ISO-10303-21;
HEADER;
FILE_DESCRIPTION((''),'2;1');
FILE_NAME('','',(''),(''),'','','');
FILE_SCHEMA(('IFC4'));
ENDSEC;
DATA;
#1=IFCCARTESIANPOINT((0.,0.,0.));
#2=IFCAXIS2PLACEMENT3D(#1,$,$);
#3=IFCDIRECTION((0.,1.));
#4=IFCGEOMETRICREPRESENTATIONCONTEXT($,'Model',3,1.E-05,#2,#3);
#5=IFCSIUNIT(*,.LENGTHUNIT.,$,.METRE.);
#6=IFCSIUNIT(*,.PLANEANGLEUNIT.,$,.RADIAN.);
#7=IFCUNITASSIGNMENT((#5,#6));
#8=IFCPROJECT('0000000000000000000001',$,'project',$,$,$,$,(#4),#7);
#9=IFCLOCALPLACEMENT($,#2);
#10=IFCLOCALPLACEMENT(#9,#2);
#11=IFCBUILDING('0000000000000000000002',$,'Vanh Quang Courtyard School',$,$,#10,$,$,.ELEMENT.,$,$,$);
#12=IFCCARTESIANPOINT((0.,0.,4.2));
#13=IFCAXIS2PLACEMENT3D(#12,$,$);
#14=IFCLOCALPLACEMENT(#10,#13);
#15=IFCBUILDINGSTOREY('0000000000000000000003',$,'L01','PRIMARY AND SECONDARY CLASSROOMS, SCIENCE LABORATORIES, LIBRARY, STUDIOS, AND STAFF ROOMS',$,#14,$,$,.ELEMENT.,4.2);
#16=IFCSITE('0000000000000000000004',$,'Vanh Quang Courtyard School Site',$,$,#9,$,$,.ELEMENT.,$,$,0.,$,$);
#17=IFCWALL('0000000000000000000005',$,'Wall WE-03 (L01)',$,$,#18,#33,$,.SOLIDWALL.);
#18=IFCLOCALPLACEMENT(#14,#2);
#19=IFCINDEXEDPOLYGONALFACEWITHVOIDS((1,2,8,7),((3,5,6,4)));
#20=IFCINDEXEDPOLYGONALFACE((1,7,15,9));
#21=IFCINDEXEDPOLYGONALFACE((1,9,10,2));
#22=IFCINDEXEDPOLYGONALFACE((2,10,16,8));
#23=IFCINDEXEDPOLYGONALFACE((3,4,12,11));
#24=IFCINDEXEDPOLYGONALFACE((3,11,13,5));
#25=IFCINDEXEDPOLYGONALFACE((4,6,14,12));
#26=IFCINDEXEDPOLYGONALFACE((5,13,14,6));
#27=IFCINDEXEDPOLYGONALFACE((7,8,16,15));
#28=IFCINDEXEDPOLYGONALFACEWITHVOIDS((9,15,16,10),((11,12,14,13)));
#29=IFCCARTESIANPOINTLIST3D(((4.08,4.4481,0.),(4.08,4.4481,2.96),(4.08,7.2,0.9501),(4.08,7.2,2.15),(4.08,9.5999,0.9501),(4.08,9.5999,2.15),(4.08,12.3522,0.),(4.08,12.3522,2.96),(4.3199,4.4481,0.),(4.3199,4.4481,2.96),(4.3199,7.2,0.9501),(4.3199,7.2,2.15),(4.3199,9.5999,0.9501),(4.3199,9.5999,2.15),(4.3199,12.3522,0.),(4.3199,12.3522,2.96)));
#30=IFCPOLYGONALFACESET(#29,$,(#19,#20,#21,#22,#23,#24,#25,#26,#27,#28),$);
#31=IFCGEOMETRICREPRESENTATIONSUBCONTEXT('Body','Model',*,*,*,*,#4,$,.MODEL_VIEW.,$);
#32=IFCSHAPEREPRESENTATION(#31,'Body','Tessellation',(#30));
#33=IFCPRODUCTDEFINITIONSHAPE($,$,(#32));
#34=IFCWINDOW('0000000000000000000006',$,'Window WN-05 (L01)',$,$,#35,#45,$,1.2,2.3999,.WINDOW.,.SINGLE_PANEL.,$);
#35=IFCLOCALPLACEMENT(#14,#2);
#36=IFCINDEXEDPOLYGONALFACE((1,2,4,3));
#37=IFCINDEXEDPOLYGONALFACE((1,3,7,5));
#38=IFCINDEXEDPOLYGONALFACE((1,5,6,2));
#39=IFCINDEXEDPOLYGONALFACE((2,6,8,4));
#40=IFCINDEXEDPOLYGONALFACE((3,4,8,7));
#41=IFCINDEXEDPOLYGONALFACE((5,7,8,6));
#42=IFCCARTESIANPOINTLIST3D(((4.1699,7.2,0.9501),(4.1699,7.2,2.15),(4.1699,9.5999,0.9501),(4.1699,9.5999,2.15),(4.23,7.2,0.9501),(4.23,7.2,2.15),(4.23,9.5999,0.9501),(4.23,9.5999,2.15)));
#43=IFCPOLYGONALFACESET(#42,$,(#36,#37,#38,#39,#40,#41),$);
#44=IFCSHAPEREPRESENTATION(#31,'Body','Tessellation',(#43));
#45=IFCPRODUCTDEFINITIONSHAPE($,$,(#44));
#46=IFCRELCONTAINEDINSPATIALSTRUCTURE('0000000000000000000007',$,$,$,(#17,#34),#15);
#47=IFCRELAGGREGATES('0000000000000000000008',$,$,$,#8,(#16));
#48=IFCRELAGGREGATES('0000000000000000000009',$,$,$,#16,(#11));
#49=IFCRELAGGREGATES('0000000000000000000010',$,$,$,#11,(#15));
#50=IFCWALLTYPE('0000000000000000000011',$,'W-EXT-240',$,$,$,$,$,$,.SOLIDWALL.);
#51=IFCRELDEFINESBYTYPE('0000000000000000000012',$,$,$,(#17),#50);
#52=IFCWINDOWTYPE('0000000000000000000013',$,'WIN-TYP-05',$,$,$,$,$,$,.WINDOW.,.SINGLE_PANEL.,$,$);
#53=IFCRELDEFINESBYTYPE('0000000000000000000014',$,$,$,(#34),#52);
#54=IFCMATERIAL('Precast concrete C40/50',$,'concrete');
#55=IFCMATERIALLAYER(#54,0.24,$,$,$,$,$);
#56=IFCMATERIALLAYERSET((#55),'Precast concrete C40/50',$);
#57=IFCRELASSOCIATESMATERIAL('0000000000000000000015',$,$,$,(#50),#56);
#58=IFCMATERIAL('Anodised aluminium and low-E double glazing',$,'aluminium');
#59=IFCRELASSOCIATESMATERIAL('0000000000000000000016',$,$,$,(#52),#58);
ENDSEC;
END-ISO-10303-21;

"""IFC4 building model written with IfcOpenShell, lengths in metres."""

from ifc_helpers import new_model, si_unit, direction, frame, frame_2d, origin, place, context, subcontext, project, spatial, rectangle, extrude, material, layer, layer_set, type_object, element, fill, save


model = new_model("IFC4")

# Units and contexts
model_context = context("Model", 3, precision=1e-05, world=origin(), true_north=direction((0.0, 1.0)))
body_context = subcontext(model_context, "Body", "Model", "MODEL_VIEW")
ifc_project = project(units=[si_unit("LENGTHUNIT", "METRE"), si_unit("PLANEANGLEUNIT", "RADIAN")], contexts=[model_context])

# Site, building, storey
site_placement = place(None, origin())
site = spatial("IfcSite", under=ifc_project, at=site_placement, Name="Vanh Quang Courtyard School Site", CompositionType="ELEMENT", RefElevation=0.0)
building_placement = place(site_placement, origin())
building = spatial("IfcBuilding", under=site, at=building_placement, Name="Vanh Quang Courtyard School", CompositionType="ELEMENT")
storey_placement = place(building_placement, frame((0.0, 0.0, 4.2)))
storey = spatial("IfcBuildingStorey", under=building, at=storey_placement, Name="L01", Description="PRIMARY AND SECONDARY CLASSROOMS, SCIENCE LABORATORIES, LIBRARY, STUDIOS, AND STAFF ROOMS", CompositionType="ELEMENT", Elevation=4.2)

# Wall, opening, window
ifc_material_1 = material(Name="Precast concrete C40/50", Category="concrete")
ifc_layer_1 = layer(ifc_material_1, 0.24)
ifc_layer_set_1 = layer_set([ifc_layer_1], Name="Precast concrete C40/50")
wall_type = type_object("IfcWallType", Name="W-EXT-240", PredefinedType="SOLIDWALL", material=ifc_layer_set_1)
wall_placement = place(storey_placement, frame((4.2, 4.448, 0.0), z_axis=(0.0, 0.0, 1.0), x_axis=(0.0, 1.0, 0.0)))
wall = element("IfcWall", 1, at=wall_placement, inside=storey, type_object=wall_type, Name="Wall WE-03 (L01)", PredefinedType="SOLIDWALL", context=body_context, shape_type="SweptSolid", body=[
    extrude(rectangle(XDim=7.9041, YDim=0.24, at=frame_2d((3.9521, 0.0))), origin(), (0.0, 0.0, 1.0), 2.96),
])
opening_placement = place(wall_placement, frame((2.752, 0.0, 0.95)))
opening = element("IfcOpeningElement", 2, at=opening_placement, cuts=wall, PredefinedType="OPENING", context=body_context, shape_type="SweptSolid", body=[
    extrude(rectangle(XDim=2.3999, YDim=1.2, at=frame_2d((1.2, 0.6001))), frame((0.0, 0.1299, 0.0), z_axis=(0.0, -1.0, 0.0), x_axis=(1.0, 0.0, 0.0)), (0.0, 0.0, 1.0), 0.26),
])
ifc_material_2 = material(Name="Anodised aluminium and low-E double glazing", Category="aluminium")
window_type = type_object("IfcWindowType", Name="WIN-TYP-05", PartitioningType="SINGLE_PANEL", PredefinedType="WINDOW", material=ifc_material_2)
window_placement = place(opening_placement, origin())
window = element("IfcWindow", 3, at=window_placement, inside=storey, type_object=window_type, Name="Window WN-05 (L01)", OverallHeight=1.2, OverallWidth=2.3999, PartitioningType="SINGLE_PANEL", PredefinedType="WINDOW", context=body_context, shape_type="SweptSolid", body=[
    extrude(rectangle(XDim=2.3999, YDim=1.2, at=frame_2d((1.2, 0.6001))), frame((0.0, 0.03, 0.0), z_axis=(0.0, -1.0, 0.0), x_axis=(1.0, 0.0, 0.0)), (0.0, 0.0, 1.0), 0.0601),
])
fill(opening, window)

save(model, "model.ifc")
